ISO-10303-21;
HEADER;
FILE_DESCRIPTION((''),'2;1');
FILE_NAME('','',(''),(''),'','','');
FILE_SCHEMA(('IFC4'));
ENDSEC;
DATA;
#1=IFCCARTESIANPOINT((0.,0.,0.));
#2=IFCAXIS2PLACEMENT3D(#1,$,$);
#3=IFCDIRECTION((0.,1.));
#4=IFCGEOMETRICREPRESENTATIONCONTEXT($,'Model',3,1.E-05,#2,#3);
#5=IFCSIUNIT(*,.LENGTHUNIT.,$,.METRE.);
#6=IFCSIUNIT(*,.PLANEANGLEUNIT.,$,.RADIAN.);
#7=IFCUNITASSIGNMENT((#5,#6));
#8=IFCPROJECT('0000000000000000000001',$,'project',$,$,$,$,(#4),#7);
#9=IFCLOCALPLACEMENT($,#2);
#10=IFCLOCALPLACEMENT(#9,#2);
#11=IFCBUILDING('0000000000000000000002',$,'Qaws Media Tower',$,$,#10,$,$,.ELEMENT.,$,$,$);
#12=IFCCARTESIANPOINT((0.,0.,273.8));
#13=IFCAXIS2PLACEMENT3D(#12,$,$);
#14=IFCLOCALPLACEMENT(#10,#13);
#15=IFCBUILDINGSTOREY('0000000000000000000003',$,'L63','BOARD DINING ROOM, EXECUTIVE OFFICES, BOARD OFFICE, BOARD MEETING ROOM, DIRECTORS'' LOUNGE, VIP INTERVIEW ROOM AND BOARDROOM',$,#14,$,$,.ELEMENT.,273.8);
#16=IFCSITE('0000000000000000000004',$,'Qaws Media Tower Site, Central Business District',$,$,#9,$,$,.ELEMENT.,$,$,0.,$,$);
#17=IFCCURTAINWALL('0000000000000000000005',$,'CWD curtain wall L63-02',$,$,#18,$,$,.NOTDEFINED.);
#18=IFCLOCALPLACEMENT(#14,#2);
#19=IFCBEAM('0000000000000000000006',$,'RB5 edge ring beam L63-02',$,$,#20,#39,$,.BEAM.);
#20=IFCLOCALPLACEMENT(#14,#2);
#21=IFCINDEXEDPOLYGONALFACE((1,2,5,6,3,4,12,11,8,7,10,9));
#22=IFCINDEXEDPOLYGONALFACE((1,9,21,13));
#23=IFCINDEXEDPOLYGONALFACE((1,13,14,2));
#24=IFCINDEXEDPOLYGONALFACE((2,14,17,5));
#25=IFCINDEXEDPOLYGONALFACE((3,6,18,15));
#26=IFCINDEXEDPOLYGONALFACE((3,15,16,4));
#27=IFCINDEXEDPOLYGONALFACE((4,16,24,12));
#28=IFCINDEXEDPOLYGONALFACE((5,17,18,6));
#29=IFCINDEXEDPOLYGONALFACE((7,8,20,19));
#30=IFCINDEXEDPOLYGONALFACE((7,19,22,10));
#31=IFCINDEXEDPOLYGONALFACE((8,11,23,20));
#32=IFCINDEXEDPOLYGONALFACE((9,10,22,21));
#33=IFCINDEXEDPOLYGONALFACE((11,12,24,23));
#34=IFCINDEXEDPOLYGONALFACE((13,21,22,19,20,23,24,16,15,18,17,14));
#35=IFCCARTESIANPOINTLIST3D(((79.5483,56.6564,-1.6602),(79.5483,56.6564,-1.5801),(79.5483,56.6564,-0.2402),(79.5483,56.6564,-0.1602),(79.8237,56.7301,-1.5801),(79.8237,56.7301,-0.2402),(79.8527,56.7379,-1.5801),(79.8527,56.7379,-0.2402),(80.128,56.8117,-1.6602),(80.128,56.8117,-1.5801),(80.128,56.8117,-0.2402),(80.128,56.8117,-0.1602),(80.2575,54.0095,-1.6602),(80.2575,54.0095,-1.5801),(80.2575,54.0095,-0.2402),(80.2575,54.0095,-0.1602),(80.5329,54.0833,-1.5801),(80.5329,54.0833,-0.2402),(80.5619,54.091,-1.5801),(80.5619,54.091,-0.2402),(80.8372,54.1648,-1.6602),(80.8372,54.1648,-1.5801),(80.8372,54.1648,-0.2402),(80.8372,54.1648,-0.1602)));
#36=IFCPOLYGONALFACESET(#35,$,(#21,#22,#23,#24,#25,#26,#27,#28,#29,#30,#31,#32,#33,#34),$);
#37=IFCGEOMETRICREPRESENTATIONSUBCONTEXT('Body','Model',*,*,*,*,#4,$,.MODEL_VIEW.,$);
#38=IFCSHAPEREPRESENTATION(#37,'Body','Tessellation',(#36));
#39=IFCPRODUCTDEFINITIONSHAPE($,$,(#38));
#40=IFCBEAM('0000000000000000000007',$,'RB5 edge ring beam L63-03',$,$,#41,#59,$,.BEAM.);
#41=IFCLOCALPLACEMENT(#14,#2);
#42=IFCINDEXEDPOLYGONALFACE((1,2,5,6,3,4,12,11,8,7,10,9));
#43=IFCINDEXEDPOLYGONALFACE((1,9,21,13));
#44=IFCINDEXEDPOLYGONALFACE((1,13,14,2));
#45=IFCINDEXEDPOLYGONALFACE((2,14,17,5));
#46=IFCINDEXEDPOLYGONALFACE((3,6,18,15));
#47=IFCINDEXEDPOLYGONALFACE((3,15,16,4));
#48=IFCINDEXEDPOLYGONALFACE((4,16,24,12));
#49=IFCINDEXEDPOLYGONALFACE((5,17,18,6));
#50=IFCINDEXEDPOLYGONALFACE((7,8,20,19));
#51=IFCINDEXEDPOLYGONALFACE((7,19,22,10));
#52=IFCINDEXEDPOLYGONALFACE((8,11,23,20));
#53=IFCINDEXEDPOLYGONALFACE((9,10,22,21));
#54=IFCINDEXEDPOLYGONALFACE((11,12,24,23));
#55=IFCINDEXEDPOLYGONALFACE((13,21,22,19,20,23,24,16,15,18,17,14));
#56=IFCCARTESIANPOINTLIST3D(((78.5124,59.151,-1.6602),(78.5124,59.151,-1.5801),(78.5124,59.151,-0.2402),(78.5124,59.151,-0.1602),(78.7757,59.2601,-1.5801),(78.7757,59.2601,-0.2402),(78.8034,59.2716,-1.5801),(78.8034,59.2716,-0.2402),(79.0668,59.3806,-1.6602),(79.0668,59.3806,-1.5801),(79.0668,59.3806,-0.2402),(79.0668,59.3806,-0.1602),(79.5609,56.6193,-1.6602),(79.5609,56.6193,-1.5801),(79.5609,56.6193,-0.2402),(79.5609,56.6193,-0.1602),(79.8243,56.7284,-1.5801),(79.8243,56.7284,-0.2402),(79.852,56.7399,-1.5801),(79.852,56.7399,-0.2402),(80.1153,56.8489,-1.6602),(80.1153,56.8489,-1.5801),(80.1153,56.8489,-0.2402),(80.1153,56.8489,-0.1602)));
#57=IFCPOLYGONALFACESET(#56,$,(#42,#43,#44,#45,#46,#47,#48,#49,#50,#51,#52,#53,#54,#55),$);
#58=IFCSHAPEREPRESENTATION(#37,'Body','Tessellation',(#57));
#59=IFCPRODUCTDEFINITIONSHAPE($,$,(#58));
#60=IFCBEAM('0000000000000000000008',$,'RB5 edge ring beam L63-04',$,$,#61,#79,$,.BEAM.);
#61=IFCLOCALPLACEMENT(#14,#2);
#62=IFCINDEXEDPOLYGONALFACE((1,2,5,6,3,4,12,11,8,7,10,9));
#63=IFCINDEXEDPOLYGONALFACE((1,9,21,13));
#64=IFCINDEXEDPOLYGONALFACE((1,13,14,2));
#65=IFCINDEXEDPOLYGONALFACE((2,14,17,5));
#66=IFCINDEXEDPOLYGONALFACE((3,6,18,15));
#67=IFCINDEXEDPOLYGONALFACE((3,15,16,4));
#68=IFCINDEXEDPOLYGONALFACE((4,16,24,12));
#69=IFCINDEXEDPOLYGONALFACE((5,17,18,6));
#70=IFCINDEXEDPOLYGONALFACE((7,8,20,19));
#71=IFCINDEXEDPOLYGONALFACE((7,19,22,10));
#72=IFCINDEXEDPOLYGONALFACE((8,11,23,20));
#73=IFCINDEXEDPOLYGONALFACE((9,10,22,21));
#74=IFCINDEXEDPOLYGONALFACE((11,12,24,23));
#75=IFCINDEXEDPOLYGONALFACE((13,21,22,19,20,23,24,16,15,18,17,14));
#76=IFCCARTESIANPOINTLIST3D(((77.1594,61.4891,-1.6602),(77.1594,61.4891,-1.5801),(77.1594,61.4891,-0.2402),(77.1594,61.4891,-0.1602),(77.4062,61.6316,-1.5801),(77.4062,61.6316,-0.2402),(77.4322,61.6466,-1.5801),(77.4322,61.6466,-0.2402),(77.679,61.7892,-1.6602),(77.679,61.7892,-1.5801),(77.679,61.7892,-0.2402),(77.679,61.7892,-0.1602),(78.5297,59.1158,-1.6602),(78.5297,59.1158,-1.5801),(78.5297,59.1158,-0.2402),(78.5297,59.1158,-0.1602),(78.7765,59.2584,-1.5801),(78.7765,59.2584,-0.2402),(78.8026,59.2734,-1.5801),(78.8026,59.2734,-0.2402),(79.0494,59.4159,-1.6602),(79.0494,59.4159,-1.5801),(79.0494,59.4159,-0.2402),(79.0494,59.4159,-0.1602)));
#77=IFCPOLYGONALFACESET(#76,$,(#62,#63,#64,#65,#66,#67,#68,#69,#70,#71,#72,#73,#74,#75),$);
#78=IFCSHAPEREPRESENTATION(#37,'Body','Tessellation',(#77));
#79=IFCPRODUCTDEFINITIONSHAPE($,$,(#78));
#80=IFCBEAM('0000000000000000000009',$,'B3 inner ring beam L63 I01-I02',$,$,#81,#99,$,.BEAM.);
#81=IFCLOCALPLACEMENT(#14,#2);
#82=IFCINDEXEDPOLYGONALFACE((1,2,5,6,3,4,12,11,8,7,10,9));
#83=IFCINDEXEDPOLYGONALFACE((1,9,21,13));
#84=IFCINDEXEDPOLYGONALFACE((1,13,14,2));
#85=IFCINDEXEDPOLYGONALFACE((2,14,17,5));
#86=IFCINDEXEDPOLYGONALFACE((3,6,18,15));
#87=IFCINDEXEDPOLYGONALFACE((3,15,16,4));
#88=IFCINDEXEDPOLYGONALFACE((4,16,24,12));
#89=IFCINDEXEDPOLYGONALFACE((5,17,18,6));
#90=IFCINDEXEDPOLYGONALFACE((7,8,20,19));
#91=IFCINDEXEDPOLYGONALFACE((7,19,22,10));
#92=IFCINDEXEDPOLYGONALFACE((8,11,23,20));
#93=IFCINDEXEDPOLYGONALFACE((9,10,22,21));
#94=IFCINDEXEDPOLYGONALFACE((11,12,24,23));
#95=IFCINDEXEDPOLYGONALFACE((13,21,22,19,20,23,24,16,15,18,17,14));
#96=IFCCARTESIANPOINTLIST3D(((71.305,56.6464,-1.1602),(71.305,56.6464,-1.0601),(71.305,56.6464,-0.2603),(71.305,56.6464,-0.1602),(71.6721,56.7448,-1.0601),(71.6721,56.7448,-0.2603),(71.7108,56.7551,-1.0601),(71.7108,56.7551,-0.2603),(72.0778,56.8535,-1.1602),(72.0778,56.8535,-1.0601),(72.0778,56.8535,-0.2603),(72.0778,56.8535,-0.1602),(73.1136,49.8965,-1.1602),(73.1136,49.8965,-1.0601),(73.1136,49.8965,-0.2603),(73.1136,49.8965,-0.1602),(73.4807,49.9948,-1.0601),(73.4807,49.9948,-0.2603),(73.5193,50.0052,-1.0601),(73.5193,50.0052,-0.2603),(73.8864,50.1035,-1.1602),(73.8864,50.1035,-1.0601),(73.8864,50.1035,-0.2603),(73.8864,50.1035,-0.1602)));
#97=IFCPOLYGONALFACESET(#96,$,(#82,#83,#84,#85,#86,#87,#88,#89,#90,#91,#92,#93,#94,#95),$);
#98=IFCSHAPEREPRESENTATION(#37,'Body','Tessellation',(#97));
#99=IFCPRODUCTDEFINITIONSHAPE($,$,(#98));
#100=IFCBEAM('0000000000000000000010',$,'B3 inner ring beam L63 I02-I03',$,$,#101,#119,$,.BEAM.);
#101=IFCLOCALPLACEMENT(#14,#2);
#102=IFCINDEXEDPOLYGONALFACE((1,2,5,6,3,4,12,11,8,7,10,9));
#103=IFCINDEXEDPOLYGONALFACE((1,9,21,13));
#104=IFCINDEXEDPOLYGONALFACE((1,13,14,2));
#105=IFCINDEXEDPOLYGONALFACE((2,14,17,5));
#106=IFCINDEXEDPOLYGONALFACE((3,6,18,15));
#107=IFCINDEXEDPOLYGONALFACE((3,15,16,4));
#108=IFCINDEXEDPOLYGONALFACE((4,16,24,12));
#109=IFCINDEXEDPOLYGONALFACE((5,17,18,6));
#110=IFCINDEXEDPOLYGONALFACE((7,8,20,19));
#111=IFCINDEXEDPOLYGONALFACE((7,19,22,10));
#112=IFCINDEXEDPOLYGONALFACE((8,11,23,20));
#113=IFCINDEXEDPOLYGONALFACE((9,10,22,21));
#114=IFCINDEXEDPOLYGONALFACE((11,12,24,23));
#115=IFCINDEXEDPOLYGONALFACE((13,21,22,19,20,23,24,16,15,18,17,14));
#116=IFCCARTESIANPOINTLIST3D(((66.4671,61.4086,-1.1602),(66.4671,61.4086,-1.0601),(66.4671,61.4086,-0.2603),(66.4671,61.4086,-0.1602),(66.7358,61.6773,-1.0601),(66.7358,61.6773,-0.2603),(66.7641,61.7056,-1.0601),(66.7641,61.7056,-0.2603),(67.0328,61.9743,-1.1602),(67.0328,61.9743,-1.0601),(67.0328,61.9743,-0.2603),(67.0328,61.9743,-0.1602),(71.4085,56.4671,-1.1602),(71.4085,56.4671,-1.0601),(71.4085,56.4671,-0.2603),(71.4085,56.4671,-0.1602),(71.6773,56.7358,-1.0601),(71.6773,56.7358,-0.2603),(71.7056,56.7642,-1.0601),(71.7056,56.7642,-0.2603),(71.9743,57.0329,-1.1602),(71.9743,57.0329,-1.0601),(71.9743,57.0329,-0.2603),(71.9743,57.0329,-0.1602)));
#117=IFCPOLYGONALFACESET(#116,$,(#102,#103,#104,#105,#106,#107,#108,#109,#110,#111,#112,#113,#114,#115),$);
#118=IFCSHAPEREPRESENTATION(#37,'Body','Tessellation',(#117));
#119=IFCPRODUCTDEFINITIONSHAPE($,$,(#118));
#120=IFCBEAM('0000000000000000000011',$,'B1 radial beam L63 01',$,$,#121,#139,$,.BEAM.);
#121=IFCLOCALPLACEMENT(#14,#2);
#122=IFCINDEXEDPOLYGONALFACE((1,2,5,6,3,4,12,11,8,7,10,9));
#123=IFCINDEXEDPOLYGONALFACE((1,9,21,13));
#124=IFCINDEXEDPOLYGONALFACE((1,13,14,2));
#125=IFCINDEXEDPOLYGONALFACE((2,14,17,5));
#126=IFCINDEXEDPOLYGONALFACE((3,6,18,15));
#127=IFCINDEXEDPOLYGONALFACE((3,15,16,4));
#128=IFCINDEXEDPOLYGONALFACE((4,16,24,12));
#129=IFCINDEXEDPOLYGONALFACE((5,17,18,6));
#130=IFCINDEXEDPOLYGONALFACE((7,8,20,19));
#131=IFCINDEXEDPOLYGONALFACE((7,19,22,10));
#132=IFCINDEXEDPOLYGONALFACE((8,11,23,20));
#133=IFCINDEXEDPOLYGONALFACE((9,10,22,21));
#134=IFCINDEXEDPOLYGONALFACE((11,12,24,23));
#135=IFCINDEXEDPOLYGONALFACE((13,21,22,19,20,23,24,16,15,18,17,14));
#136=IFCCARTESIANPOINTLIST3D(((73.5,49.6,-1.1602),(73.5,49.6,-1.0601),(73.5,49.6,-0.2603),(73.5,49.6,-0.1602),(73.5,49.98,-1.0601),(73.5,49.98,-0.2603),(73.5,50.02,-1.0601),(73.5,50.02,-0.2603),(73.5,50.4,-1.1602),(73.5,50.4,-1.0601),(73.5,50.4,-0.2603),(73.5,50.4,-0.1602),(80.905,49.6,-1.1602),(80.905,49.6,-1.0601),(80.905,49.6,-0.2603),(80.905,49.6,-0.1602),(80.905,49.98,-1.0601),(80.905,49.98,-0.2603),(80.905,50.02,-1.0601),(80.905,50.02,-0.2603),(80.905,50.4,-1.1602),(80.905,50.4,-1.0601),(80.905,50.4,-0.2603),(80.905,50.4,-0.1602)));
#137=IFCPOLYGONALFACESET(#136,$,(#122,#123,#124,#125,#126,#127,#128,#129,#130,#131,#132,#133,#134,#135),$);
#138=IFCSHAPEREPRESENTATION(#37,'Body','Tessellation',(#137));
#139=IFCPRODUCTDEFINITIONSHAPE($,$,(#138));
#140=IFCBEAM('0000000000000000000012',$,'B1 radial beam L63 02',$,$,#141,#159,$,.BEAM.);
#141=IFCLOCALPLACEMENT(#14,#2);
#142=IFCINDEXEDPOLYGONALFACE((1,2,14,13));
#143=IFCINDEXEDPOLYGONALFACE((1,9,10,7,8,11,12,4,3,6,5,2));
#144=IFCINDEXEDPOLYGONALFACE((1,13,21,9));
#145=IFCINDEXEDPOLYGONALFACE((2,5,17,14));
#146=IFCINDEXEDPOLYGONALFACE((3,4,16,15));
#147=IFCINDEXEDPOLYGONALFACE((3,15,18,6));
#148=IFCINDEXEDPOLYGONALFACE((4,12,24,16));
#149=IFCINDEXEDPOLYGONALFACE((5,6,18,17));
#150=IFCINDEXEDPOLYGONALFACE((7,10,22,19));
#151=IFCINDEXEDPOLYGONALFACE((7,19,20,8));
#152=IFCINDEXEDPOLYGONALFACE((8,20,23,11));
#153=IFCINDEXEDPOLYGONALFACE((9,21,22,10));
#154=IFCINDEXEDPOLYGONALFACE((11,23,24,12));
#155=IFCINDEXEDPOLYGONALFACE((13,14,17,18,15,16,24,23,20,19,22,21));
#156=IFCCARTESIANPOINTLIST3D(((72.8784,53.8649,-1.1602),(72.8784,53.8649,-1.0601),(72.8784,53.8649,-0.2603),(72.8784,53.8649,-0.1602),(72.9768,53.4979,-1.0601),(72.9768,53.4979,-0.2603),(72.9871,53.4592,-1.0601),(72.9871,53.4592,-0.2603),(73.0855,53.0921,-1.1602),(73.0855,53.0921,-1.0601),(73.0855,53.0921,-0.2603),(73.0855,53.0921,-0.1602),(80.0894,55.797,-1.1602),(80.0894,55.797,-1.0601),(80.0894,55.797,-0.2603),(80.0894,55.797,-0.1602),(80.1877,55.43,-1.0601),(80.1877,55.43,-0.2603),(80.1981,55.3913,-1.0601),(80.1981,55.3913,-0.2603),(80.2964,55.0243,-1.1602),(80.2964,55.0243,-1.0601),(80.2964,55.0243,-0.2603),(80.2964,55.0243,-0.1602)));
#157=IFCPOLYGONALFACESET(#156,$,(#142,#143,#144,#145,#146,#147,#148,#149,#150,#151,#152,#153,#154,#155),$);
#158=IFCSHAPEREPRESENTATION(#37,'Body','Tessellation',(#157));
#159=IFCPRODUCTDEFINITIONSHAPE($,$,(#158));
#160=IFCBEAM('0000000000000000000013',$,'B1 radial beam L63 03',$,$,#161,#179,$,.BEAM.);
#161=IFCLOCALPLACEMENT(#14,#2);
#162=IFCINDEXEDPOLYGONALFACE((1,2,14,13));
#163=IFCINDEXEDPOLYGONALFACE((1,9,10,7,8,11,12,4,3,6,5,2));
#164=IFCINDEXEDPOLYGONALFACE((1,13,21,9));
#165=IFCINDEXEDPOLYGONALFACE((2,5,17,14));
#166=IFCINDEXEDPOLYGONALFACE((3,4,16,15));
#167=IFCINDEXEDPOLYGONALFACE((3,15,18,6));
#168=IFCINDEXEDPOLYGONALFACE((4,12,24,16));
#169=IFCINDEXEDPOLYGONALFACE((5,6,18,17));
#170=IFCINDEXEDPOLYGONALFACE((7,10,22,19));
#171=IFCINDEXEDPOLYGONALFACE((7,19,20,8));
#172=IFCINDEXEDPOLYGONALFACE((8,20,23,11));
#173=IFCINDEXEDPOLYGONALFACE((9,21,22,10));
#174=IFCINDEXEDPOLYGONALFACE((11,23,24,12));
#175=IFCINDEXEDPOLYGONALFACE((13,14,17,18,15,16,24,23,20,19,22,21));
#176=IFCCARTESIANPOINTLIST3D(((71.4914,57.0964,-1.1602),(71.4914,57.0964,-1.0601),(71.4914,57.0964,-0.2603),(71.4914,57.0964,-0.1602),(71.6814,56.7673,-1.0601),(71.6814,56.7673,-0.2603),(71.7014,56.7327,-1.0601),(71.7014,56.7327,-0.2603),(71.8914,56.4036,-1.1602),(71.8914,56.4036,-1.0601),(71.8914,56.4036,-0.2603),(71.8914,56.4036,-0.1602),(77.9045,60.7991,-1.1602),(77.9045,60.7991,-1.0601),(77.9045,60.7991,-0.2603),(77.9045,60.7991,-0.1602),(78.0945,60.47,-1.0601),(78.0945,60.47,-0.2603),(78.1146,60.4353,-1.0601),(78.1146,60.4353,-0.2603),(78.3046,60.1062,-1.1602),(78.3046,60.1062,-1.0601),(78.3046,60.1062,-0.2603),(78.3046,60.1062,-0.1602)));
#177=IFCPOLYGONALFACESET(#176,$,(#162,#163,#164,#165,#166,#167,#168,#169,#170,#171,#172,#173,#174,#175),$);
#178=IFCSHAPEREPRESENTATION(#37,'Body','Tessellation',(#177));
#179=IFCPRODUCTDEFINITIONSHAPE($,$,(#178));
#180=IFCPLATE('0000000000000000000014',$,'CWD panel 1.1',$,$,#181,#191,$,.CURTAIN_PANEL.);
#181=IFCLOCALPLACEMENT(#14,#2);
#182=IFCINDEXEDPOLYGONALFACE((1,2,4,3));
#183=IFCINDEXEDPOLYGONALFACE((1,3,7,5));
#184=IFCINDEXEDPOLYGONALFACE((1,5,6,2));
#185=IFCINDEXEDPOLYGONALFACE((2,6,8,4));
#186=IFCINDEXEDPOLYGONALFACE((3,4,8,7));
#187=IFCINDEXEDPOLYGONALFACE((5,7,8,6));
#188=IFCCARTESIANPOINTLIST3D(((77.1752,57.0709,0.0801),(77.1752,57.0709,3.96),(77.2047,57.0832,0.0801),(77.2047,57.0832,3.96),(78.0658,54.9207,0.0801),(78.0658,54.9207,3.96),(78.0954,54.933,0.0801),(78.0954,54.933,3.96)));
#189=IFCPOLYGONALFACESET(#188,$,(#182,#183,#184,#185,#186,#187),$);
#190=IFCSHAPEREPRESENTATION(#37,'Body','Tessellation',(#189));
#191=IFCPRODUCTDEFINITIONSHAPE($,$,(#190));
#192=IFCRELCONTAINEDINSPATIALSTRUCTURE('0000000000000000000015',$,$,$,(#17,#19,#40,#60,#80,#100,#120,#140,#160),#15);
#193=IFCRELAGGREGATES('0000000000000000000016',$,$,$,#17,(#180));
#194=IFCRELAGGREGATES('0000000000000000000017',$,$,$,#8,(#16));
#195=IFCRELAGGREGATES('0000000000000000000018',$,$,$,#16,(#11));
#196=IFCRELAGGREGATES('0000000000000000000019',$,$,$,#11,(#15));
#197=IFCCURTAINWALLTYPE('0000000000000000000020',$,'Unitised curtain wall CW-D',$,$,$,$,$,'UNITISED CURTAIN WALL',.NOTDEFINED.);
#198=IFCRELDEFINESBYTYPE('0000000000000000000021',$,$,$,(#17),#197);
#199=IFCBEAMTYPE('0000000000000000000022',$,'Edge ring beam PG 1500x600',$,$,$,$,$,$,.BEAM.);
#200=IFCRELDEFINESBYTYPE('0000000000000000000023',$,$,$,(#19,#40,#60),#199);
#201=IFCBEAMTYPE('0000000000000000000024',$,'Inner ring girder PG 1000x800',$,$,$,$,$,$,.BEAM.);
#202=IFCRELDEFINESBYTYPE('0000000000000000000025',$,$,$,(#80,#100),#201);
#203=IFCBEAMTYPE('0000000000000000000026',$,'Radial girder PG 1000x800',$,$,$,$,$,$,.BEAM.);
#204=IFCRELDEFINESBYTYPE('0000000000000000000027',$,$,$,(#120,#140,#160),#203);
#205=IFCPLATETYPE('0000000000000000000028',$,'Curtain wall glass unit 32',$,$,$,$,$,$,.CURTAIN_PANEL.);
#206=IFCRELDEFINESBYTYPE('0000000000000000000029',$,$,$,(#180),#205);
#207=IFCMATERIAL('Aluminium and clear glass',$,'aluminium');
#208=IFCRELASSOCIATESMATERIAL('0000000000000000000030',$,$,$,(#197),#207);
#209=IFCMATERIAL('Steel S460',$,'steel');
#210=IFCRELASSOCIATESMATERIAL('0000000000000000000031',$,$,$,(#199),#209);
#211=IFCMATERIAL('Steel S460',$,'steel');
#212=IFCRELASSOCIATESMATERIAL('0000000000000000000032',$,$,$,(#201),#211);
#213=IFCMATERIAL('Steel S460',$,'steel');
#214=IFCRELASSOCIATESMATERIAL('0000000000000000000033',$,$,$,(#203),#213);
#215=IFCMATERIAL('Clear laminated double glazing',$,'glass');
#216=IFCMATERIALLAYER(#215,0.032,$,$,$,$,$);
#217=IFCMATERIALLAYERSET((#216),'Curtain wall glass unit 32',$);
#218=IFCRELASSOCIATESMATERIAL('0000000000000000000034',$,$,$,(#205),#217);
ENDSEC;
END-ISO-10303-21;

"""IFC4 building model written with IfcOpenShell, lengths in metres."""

from ifc_helpers import new_model, si_unit, direction, frame, origin, origin_2d, place, context, subcontext, project, spatial, rectangle, i_section, extrude, material, layer, layer_set, material_profile, profile_set, type_object, element, aggregate, save


model = new_model("IFC4")

# Units and contexts
model_context = context("Model", 3, precision=1e-05, world=origin(), true_north=direction((0.0, 1.0)))
body_context = subcontext(model_context, "Body", "Model", "MODEL_VIEW")
ifc_project = project(units=[si_unit("LENGTHUNIT", "METRE"), si_unit("PLANEANGLEUNIT", "RADIAN")], contexts=[model_context])

# Site, building, storey
site_placement = place(None, origin())
site = spatial("IfcSite", under=ifc_project, at=site_placement, Name="Qaws Media Tower Site, Central Business District", CompositionType="ELEMENT", RefElevation=0.0)
building_placement = place(site_placement, origin())
building = spatial("IfcBuilding", under=site, at=building_placement, Name="Qaws Media Tower", CompositionType="ELEMENT")
storey_placement = place(building_placement, frame((0.0, 0.0, 273.8)))
storey = spatial("IfcBuildingStorey", under=building, at=storey_placement, Name="L63", Description="BOARD DINING ROOM, EXECUTIVE OFFICES, BOARD OFFICE, BOARD MEETING ROOM, DIRECTORS' LOUNGE, VIP INTERVIEW ROOM AND BOARDROOM", CompositionType="ELEMENT", Elevation=273.8)

# Curtain wall
ifc_material_1 = material(Name="Aluminium and clear glass", Category="aluminium")
curtain_wall_type = type_object("IfcCurtainWallType", Name="Unitised curtain wall CW-D", ElementType="UNITISED CURTAIN WALL", PredefinedType="NOTDEFINED", material=ifc_material_1)
curtain_wall_1_placement = place(storey_placement, origin())
curtain_wall_1 = element("IfcCurtainWall", 1, at=curtain_wall_1_placement, inside=storey, type_object=curtain_wall_type, Name="CWD curtain wall L63-02", PredefinedType="NOTDEFINED")

# Beams
ifc_material_2 = material(Name="Steel S460", Category="steel")
ifc_material_profile_1 = material_profile(ifc_material_2, i_section(OverallWidth=0.6001, OverallDepth=1.5, WebThickness=0.03, FlangeThickness=0.0801, at=origin_2d()), Name="PG 1500x600")
ifc_profile_set_1 = profile_set([ifc_material_profile_1], Name="Steel S460")
beam_type_1 = type_object("IfcBeamType", Name="Edge ring beam PG 1500x600", PredefinedType="BEAM", material=ifc_profile_set_1)
for number, where, z_axis, x_axis, name in (
    (2, (80.5474, 54.0872, -0.9102), (-0.25881, 0.965928, 0.0), (-0.965928, -0.25881, 0.0), "RB5 edge ring beam L63-02"),
    (3, (79.8381, 56.7341, -0.9102), (-0.382653, 0.923892, 0.0), (-0.923892, -0.382653, 0.0), "RB5 edge ring beam L63-03"),
):
    element("IfcBeam", number, at=place(storey_placement, frame(where, z_axis=z_axis, x_axis=x_axis)), inside=storey, type_object=beam_type_1, Name=name, PredefinedType="BEAM", context=body_context, shape_type="SweptSolid", body=[
        extrude(i_section(OverallWidth=0.6001, OverallDepth=1.5, WebThickness=0.03, FlangeThickness=0.0801, at=origin_2d()), origin(), (0.0, 0.0, 1.0), 2.7402),
    ])
beam_1_placement = place(storey_placement, frame((78.7896, 59.2659, -0.9102), z_axis=(-0.500039, 0.866003, 0.0), x_axis=(-0.866003, -0.500039, 0.0)))
element("IfcBeam", 4, at=beam_1_placement, inside=storey, type_object=beam_type_1, Name="RB5 edge ring beam L63-04", PredefinedType="BEAM", context=body_context, shape_type="SweptSolid", body=[
    extrude(i_section(OverallWidth=0.6001, OverallDepth=1.5, WebThickness=0.03, FlangeThickness=0.0801, at=origin_2d()), origin(), (0.0, 0.0, 1.0), 2.7405),
])
ifc_material_3 = material(Name="Steel S460", Category="steel")
ifc_material_profile_2 = material_profile(ifc_material_3, i_section(OverallWidth=0.8, OverallDepth=1.0, WebThickness=0.04, FlangeThickness=0.1001, at=origin_2d()), Name="PG 1000x800")
ifc_profile_set_2 = profile_set([ifc_material_profile_2], Name="Steel S460")
beam_type_2 = type_object("IfcBeamType", Name="Inner ring girder PG 1000x800", PredefinedType="BEAM", material=ifc_profile_set_2)
beam_2_placement = place(storey_placement, frame((73.5, 50.0, -0.6602), z_axis=(-0.258811, 0.965928, 0.0), x_axis=(-0.965928, -0.258811, 0.0)))
element("IfcBeam", 5, at=beam_2_placement, inside=storey, type_object=beam_type_2, Name="B3 inner ring beam L63 I01-I02", PredefinedType="BEAM", context=body_context, shape_type="SweptSolid", body=[
    extrude(i_section(OverallWidth=0.8, OverallDepth=1.0, WebThickness=0.04, FlangeThickness=0.1001, at=origin_2d()), origin(), (0.0, 0.0, 1.0), 6.988),
])
beam_3_placement = place(storey_placement, frame((71.6914, 56.75, -0.6602), z_axis=(-0.707107, 0.707107, 0.0), x_axis=(-0.707107, -0.707107, 0.0)))
element("IfcBeam", 6, at=beam_3_placement, inside=storey, type_object=beam_type_2, Name="B3 inner ring beam L63 I02-I03", PredefinedType="BEAM", context=body_context, shape_type="SweptSolid", body=[
    extrude(i_section(OverallWidth=0.8, OverallDepth=1.0, WebThickness=0.04, FlangeThickness=0.1001, at=origin_2d()), origin(), (0.0, 0.0, 1.0), 6.9883),
])
ifc_material_4 = material(Name="Steel S460", Category="steel")
ifc_material_profile_3 = material_profile(ifc_material_4, i_section(OverallWidth=0.8, OverallDepth=1.0, WebThickness=0.04, FlangeThickness=0.1001, at=origin_2d()), Name="PG 1000x800")
ifc_profile_set_3 = profile_set([ifc_material_profile_3], Name="Steel S460")
beam_type_3 = type_object("IfcBeamType", Name="Radial girder PG 1000x800", PredefinedType="BEAM", material=ifc_profile_set_3)
beam_4_placement = place(storey_placement, frame((73.5, 50.0, -0.6602), z_axis=(1.0, 0.0, 0.0), x_axis=(0.0, 1.0, 0.0)))
element("IfcBeam", 7, at=beam_4_placement, inside=storey, type_object=beam_type_3, Name="B1 radial beam L63 01", PredefinedType="BEAM", context=body_context, shape_type="SweptSolid", body=[
    extrude(i_section(OverallWidth=0.8, OverallDepth=1.0, WebThickness=0.04, FlangeThickness=0.1001, at=origin_2d()), origin(), (0.0, 0.0, 1.0), 7.405),
])
beam_5_placement = place(storey_placement, frame((72.9819, 53.4785, -0.6602), z_axis=(0.965927, 0.258815, 0.0), x_axis=(-0.258815, 0.965927, 0.0)))
element("IfcBeam", 8, at=beam_5_placement, inside=storey, type_object=beam_type_3, Name="B1 radial beam L63 02", PredefinedType="BEAM", context=body_context, shape_type="SweptSolid", body=[
    extrude(i_section(OverallWidth=0.8, OverallDepth=1.0, WebThickness=0.04, FlangeThickness=0.1001, at=origin_2d()), origin(), (0.0, 0.0, 1.0), 7.4653),
])
beam_6_placement = place(storey_placement, frame((71.6914, 56.75, -0.6602), z_axis=(0.866023, 0.500004, 0.0), x_axis=(-0.500004, 0.866023, 0.0)))
element("IfcBeam", 9, at=beam_6_placement, inside=storey, type_object=beam_type_3, Name="B1 radial beam L63 03", PredefinedType="BEAM", context=body_context, shape_type="SweptSolid", body=[
    extrude(i_section(OverallWidth=0.8, OverallDepth=1.0, WebThickness=0.04, FlangeThickness=0.1001, at=origin_2d()), origin(), (0.0, 0.0, 1.0), 7.4053),
])

# Plate
ifc_material_5 = material(Name="Clear laminated double glazing", Category="glass")
ifc_layer_1 = layer(ifc_material_5, 0.032)
ifc_layer_set_1 = layer_set([ifc_layer_1], Name="Curtain wall glass unit 32")
plate_type_1 = type_object("IfcPlateType", Name="Curtain wall glass unit 32", PredefinedType="CURTAIN_PANEL", material=ifc_layer_set_1)
plate_1_placement = place(storey_placement, frame((77.6353, 56.002, 0.0801), z_axis=(0.0, 0.0, 1.0), x_axis=(-0.382683, 0.92388, 0.0)))
plate_1 = element("IfcPlate", 10, at=plate_1_placement, type_object=plate_type_1, Name="CWD panel 1.1", PredefinedType="CURTAIN_PANEL", context=body_context, shape_type="SweptSolid", body=[
    extrude(rectangle(XDim=2.3274, YDim=0.032, at=origin_2d()), origin(), (0.0, 0.0, 1.0), 3.8799),
])
aggregate(curtain_wall_1, [plate_1])

save(model, "model.ifc")
